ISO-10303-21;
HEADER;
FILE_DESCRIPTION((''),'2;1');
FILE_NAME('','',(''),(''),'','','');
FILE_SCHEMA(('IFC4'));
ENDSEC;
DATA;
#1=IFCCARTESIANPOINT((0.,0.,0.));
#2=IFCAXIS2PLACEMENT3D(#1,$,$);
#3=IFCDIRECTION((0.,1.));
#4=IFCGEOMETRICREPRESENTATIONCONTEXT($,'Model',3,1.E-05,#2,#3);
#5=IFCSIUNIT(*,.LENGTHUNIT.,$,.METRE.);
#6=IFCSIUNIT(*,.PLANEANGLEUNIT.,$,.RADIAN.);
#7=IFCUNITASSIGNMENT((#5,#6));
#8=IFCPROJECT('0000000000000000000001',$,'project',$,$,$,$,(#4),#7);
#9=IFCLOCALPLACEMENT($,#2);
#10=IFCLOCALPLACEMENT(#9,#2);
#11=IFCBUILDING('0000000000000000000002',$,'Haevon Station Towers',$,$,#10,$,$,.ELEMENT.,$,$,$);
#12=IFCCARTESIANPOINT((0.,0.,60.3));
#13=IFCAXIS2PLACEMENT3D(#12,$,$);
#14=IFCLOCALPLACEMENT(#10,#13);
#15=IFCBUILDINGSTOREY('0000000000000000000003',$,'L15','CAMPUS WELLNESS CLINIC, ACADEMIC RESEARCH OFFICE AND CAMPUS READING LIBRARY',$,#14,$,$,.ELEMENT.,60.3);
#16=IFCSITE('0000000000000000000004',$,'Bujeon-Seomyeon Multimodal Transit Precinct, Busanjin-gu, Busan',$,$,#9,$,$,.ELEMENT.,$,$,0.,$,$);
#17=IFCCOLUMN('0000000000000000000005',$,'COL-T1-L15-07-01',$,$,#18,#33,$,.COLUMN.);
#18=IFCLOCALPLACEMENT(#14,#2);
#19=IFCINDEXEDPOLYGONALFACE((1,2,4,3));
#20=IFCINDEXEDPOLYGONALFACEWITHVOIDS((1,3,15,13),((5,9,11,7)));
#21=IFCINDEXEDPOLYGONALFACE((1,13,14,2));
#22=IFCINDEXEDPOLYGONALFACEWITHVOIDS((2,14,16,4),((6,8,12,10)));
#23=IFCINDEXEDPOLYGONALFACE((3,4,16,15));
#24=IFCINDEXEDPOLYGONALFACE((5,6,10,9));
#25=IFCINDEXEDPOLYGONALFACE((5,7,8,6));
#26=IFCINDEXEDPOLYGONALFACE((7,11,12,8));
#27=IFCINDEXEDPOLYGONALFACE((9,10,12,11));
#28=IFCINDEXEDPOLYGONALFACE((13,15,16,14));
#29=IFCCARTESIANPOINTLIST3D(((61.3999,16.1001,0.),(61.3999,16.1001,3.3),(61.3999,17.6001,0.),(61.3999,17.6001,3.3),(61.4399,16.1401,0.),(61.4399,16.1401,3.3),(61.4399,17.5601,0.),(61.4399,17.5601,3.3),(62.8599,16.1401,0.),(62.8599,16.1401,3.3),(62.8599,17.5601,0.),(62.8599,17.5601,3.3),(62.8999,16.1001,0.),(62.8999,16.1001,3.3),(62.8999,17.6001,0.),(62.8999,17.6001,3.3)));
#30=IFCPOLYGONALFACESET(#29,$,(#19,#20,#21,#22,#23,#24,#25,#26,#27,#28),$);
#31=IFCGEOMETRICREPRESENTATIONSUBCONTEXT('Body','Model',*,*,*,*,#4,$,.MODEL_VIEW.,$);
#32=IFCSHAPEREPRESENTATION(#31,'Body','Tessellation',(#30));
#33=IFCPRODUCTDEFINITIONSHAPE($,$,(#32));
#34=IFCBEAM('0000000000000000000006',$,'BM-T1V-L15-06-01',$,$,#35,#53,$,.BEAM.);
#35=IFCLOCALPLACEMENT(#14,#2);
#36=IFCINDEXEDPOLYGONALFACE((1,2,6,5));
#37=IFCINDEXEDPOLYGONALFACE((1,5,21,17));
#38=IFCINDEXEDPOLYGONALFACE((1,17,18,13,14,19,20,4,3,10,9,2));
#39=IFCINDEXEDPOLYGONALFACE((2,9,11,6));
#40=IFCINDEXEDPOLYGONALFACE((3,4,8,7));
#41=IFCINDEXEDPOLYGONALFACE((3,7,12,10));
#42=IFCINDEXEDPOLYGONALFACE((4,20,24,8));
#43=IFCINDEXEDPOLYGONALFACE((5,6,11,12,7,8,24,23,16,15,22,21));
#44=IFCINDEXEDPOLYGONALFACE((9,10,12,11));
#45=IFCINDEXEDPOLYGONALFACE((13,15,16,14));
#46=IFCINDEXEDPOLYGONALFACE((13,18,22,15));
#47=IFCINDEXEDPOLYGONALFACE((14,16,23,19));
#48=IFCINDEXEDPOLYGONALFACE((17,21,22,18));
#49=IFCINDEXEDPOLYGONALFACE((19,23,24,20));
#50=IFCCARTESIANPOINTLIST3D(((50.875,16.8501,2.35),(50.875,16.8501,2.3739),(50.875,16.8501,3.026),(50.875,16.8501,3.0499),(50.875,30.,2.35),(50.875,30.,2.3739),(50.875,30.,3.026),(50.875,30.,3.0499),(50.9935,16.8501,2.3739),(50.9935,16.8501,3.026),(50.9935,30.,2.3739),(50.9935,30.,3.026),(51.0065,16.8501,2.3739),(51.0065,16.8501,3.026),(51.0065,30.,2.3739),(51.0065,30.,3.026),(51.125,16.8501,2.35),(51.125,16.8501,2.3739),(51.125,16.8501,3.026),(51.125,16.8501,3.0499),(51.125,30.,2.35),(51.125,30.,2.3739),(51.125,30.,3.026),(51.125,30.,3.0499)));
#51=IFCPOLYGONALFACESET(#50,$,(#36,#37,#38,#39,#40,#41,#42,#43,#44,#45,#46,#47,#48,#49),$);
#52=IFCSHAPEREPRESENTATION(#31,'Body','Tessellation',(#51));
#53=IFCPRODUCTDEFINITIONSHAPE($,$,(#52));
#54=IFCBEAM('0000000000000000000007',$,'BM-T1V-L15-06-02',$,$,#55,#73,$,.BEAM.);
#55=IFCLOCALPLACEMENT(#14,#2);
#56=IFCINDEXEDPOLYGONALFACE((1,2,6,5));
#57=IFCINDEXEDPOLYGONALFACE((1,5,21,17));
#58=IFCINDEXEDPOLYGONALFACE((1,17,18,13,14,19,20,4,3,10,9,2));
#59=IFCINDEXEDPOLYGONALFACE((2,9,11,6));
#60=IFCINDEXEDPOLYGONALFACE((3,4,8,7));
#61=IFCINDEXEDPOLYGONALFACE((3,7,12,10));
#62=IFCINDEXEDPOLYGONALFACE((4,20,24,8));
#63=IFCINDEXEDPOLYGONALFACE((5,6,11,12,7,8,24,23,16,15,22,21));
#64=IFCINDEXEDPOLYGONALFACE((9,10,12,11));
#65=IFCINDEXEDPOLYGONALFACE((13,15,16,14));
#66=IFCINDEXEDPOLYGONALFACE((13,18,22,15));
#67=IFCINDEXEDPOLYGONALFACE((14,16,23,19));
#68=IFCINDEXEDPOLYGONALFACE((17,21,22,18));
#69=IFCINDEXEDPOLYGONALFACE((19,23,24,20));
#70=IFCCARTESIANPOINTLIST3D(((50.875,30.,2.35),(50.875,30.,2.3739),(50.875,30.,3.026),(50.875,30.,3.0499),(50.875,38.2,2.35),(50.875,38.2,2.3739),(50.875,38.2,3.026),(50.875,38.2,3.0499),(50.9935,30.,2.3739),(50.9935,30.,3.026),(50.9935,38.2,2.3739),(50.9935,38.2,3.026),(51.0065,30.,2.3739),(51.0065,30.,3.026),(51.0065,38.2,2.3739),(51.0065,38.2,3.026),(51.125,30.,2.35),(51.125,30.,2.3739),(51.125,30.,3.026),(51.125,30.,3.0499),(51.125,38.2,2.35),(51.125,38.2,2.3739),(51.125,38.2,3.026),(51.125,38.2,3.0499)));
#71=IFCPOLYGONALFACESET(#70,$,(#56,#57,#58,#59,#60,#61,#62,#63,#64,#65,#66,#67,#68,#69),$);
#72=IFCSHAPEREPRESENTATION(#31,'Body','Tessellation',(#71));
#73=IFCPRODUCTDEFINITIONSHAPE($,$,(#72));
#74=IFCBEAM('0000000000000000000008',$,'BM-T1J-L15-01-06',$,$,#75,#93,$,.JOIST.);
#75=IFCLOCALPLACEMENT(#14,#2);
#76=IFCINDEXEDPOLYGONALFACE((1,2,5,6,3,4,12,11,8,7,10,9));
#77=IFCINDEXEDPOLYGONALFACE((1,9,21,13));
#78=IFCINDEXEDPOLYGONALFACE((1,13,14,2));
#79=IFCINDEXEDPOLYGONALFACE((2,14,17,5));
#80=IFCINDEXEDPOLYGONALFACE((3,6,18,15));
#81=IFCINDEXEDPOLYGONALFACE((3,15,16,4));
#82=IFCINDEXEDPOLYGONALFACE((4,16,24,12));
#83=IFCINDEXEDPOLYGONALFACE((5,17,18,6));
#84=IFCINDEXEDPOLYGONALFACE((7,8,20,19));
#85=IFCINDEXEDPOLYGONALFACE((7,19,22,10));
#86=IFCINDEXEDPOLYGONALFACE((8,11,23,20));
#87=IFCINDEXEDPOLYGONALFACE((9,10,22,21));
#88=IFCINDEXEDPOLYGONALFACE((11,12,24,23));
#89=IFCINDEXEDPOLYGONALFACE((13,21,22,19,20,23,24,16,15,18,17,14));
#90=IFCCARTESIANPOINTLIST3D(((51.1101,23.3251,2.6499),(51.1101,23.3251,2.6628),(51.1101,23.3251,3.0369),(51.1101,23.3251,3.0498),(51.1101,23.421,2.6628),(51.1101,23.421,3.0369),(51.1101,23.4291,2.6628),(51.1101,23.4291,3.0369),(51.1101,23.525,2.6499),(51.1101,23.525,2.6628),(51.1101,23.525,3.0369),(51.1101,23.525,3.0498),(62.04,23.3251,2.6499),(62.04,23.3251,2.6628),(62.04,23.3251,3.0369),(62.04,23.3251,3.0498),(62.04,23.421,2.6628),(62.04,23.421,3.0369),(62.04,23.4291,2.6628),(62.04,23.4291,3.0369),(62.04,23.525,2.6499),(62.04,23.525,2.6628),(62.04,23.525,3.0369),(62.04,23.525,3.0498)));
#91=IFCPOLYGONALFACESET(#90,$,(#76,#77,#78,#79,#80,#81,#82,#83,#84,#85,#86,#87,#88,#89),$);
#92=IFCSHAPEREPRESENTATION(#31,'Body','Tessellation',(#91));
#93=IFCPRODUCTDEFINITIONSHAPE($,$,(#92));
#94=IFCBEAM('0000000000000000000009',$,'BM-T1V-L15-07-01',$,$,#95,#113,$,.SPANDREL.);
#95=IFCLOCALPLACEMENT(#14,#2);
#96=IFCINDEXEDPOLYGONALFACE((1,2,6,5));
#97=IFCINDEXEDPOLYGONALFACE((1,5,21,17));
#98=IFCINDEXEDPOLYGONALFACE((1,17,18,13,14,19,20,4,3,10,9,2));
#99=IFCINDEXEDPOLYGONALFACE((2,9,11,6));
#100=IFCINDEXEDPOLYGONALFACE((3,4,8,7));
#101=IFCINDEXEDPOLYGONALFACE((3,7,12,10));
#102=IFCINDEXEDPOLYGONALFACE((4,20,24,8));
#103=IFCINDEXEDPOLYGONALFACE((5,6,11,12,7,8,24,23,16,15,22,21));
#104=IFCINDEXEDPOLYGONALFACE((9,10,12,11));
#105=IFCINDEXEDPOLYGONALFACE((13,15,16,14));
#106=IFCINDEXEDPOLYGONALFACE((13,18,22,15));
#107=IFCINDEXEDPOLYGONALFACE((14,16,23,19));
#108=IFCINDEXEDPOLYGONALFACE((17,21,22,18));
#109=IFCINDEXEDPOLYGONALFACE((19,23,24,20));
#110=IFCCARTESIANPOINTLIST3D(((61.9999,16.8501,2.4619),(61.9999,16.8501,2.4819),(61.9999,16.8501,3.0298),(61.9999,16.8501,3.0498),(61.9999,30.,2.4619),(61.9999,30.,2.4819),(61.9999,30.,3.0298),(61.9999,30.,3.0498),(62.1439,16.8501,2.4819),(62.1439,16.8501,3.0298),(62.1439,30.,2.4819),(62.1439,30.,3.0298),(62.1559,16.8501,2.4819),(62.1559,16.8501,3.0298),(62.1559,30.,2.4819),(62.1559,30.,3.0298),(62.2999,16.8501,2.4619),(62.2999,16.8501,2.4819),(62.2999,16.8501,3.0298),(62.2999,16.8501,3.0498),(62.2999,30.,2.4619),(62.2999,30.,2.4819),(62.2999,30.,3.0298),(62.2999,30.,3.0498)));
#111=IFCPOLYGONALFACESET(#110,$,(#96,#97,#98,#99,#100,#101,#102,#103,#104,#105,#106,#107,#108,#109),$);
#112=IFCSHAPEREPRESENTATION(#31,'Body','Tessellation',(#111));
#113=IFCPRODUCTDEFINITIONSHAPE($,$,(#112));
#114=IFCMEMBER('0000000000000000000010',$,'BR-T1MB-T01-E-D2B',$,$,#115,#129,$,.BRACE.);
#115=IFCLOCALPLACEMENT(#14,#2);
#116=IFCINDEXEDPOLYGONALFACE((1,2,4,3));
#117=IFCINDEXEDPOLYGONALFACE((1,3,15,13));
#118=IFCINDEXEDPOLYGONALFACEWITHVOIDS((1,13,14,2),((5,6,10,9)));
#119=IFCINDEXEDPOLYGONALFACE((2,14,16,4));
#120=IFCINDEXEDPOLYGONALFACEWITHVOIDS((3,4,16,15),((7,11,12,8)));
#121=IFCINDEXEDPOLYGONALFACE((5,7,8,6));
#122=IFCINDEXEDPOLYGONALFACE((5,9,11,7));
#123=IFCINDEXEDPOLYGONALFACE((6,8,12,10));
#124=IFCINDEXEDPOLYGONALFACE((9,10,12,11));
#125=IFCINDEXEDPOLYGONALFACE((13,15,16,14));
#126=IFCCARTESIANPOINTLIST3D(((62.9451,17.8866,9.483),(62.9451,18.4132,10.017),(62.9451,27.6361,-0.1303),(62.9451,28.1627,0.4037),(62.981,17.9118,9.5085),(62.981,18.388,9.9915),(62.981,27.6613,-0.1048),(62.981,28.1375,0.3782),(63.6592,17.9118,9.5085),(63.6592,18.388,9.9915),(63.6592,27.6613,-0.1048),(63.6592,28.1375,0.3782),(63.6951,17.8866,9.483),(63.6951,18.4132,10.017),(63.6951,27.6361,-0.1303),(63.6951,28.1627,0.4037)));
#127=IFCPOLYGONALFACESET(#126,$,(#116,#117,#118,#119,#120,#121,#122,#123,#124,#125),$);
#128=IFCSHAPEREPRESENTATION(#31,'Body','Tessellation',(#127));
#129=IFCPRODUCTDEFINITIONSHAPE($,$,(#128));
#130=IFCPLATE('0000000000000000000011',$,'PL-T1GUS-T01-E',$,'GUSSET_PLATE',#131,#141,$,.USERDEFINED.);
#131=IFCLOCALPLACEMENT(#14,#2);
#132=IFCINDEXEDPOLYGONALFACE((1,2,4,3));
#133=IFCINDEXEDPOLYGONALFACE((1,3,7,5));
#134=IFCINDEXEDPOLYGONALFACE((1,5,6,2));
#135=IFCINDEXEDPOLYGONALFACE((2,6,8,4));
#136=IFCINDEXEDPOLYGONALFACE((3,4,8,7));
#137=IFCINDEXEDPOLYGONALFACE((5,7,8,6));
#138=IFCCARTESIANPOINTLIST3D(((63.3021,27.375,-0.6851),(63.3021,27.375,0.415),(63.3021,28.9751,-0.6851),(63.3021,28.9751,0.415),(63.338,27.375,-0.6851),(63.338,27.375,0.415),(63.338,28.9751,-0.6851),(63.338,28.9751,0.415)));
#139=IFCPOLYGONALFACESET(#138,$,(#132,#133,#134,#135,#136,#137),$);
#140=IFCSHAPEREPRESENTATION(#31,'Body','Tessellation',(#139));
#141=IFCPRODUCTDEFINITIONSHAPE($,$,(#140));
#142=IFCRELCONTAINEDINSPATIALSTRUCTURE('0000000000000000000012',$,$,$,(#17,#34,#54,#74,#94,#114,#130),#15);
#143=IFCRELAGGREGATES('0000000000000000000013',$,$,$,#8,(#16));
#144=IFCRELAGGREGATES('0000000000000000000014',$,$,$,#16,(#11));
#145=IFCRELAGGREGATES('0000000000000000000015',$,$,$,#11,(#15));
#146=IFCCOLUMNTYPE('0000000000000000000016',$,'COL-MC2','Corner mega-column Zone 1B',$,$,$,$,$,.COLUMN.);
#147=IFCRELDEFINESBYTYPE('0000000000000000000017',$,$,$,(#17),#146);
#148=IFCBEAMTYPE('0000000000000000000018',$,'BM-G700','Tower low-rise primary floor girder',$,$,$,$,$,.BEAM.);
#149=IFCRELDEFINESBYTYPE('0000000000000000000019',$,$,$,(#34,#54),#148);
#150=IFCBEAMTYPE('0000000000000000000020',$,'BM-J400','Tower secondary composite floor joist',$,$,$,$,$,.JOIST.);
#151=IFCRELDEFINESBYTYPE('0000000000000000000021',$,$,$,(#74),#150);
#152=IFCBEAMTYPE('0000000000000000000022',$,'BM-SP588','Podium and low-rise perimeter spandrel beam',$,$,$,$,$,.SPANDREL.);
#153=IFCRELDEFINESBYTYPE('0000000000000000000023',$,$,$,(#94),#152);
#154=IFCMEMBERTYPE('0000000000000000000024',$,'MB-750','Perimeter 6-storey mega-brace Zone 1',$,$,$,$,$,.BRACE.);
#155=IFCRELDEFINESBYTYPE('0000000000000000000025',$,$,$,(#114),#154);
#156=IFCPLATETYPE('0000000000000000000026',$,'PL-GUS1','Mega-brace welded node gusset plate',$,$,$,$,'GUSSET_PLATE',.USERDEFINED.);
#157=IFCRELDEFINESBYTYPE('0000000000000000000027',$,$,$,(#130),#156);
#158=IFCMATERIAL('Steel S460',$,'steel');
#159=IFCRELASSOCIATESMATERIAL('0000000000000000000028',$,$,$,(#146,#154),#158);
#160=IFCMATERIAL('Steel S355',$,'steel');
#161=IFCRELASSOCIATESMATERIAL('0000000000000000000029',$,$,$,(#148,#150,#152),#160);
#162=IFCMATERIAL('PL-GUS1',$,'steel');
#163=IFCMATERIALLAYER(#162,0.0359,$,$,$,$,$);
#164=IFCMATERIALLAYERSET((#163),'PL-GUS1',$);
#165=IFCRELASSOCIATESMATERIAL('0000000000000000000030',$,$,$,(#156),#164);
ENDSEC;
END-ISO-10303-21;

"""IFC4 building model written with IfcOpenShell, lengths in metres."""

from ifc_helpers import new_model, si_unit, direction, frame, origin, origin_2d, place, context, subcontext, project, spatial, rectangle, hollow_rectangle, i_section, extrude, material, layer, layer_set, material_profile, profile_set, type_object, element, save


model = new_model("IFC4")

# Units and contexts
model_context = context("Model", 3, precision=1e-05, world=origin(), true_north=direction((0.0, 1.0)))
body_context = subcontext(model_context, "Body", "Model", "MODEL_VIEW")
ifc_project = project(units=[si_unit("LENGTHUNIT", "METRE"), si_unit("PLANEANGLEUNIT", "RADIAN")], contexts=[model_context])

# Site, building, storey
site_placement = place(None, origin())
site = spatial("IfcSite", under=ifc_project, at=site_placement, Name="Bujeon-Seomyeon Multimodal Transit Precinct, Busanjin-gu, Busan", CompositionType="ELEMENT", RefElevation=0.0)
building_placement = place(site_placement, origin())
building = spatial("IfcBuilding", under=site, at=building_placement, Name="Haevon Station Towers", CompositionType="ELEMENT")
storey_placement = place(building_placement, frame((0.0, 0.0, 60.3)))
storey = spatial("IfcBuildingStorey", under=building, at=storey_placement, Name="L15", Description="CAMPUS WELLNESS CLINIC, ACADEMIC RESEARCH OFFICE AND CAMPUS READING LIBRARY", CompositionType="ELEMENT", Elevation=60.3)

# Column
ifc_material_1 = material(Name="Steel S460", Category="steel")
ifc_material_profile_1 = material_profile(ifc_material_1, hollow_rectangle(XDim=1.5, YDim=1.5, WallThickness=0.04, at=origin_2d()), Name="BOX-1500x1500x40")
ifc_profile_set_1 = profile_set([ifc_material_profile_1], Name="Steel S460")
column_type = type_object("IfcColumnType", Name="COL-MC2", Description="Corner mega-column Zone 1B", PredefinedType="COLUMN", material=ifc_profile_set_1)
column_placement = place(storey_placement, frame((62.1499, 16.8501, 0.0), z_axis=(0.0, 0.0, 1.0), x_axis=(1.0, 0.0, 0.0)))
element("IfcColumn", 1, at=column_placement, inside=storey, type_object=column_type, Name="COL-T1-L15-07-01", PredefinedType="COLUMN", context=body_context, shape_type="SweptSolid", body=[
    extrude(hollow_rectangle(XDim=1.5, YDim=1.5, WallThickness=0.04, at=origin_2d()), origin(), (0.0, 0.0, 1.0), 3.3),
])

# Beams
ifc_material_2 = material(Name="Steel S355", Category="steel")
ifc_material_profile_2 = material_profile(ifc_material_2, i_section(OverallWidth=0.25, OverallDepth=0.7, WebThickness=0.0129, FlangeThickness=0.0239, at=origin_2d()), Name="H-700x250x13x24")
ifc_profile_set_2 = profile_set([ifc_material_profile_2], Name="Steel S355")
beam_type_1 = type_object("IfcBeamType", Name="BM-G700", Description="Tower low-rise primary floor girder", PredefinedType="BEAM", material=ifc_profile_set_2)
beam_1_placement = place(storey_placement, frame((51.0, 16.8501, 2.7), z_axis=(0.0, 1.0, 0.0), x_axis=(-1.0, 0.0, 0.0)))
element("IfcBeam", 2, at=beam_1_placement, inside=storey, type_object=beam_type_1, Name="BM-T1V-L15-06-01", PredefinedType="BEAM", context=body_context, shape_type="SweptSolid", body=[
    extrude(i_section(OverallWidth=0.25, OverallDepth=0.7, WebThickness=0.0129, FlangeThickness=0.0239, at=origin_2d()), origin(), (0.0, 0.0, 1.0), 13.1499),
])
beam_2_placement = place(storey_placement, frame((51.0, 30.0, 2.7), z_axis=(0.0, 1.0, 0.0), x_axis=(-1.0, 0.0, 0.0)))
element("IfcBeam", 3, at=beam_2_placement, inside=storey, type_object=beam_type_1, Name="BM-T1V-L15-06-02", PredefinedType="BEAM", context=body_context, shape_type="SweptSolid", body=[
    extrude(i_section(OverallWidth=0.25, OverallDepth=0.7, WebThickness=0.0129, FlangeThickness=0.0239, at=origin_2d()), origin(), (0.0, 0.0, 1.0), 8.2),
])
ifc_material_profile_3 = material_profile(ifc_material_2, i_section(OverallWidth=0.2, OverallDepth=0.3999, WebThickness=0.0081, FlangeThickness=0.0129, at=origin_2d()), Name="H-400x200x8x13")
ifc_profile_set_3 = profile_set([ifc_material_profile_3], Name="Steel S355")
beam_type_2 = type_object("IfcBeamType", Name="BM-J400", Description="Tower secondary composite floor joist", PredefinedType="JOIST", material=ifc_profile_set_3)
beam_3_placement = place(storey_placement, frame((51.1101, 23.425, 2.8499), z_axis=(1.0, 0.0, 0.0), x_axis=(0.0, 1.0, 0.0)))
element("IfcBeam", 4, at=beam_3_placement, inside=storey, type_object=beam_type_2, Name="BM-T1J-L15-01-06", PredefinedType="JOIST", context=body_context, shape_type="SweptSolid", body=[
    extrude(i_section(OverallWidth=0.2, OverallDepth=0.3999, WebThickness=0.0081, FlangeThickness=0.0129, at=origin_2d()), origin(), (0.0, 0.0, 1.0), 10.9299),
])
ifc_material_profile_4 = material_profile(ifc_material_2, i_section(OverallWidth=0.3, OverallDepth=0.5879, WebThickness=0.012, FlangeThickness=0.02, at=origin_2d()), Name="H-588x300x12x20")
ifc_profile_set_4 = profile_set([ifc_material_profile_4], Name="Steel S355")
beam_type_3 = type_object("IfcBeamType", Name="BM-SP588", Description="Podium and low-rise perimeter spandrel beam", PredefinedType="SPANDREL", material=ifc_profile_set_4)
beam_4_placement = place(storey_placement, frame((62.1499, 16.8501, 2.7559), z_axis=(0.0, 1.0, 0.0), x_axis=(-1.0, 0.0, 0.0)))
element("IfcBeam", 5, at=beam_4_placement, inside=storey, type_object=beam_type_3, Name="BM-T1V-L15-07-01", PredefinedType="SPANDREL", context=body_context, shape_type="SweptSolid", body=[
    extrude(i_section(OverallWidth=0.3, OverallDepth=0.5879, WebThickness=0.012, FlangeThickness=0.02, at=origin_2d()), origin(), (0.0, 0.0, 1.0), 13.1499),
])

# Member
ifc_material_profile_5 = material_profile(ifc_material_1, hollow_rectangle(XDim=0.75, YDim=0.75, WallThickness=0.0359, at=origin_2d()), Name="RHS-750x750x36")
ifc_profile_set_5 = profile_set([ifc_material_profile_5], Name="Steel S460")
member_type = type_object("IfcMemberType", Name="MB-750", Description="Perimeter 6-storey mega-brace Zone 1", PredefinedType="BRACE", material=ifc_profile_set_5)
member_placement = place(storey_placement, frame((63.3201, 27.8994, 0.1367), z_axis=(0.0, -0.712064, 0.702114), x_axis=(1.0, 0.0, 0.0)))
element("IfcMember", 6, at=member_placement, inside=storey, type_object=member_type, Name="BR-T1MB-T01-E-D2B", PredefinedType="BRACE", context=body_context, shape_type="SweptSolid", body=[
    extrude(hollow_rectangle(XDim=0.75, YDim=0.75, WallThickness=0.0359, at=origin_2d()), origin(), (0.0, 0.0, 1.0), 13.6919),
])

# Plate
ifc_material_3 = material(Name="PL-GUS1", Category="steel")
ifc_layer_1 = layer(ifc_material_3, 0.0359)
ifc_layer_set_1 = layer_set([ifc_layer_1], Name="PL-GUS1")
plate_type = type_object("IfcPlateType", Name="PL-GUS1", Description="Mega-brace welded node gusset plate", ElementType="GUSSET_PLATE", PredefinedType="USERDEFINED", material=ifc_layer_set_1)
plate_placement = place(storey_placement, frame((63.3201, 28.175, -0.6851), z_axis=(0.0, 0.0, 1.0), x_axis=(0.0, 1.0, 0.0)))
element("IfcPlate", 7, at=plate_placement, inside=storey, type_object=plate_type, Name="PL-T1GUS-T01-E", ObjectType="GUSSET_PLATE", PredefinedType="USERDEFINED", context=body_context, shape_type="SweptSolid", body=[
    extrude(rectangle(XDim=1.6001, YDim=0.0359, at=origin_2d()), origin(), (0.0, 0.0, 1.0), 1.1001),
])

save(model, "model.ifc")
